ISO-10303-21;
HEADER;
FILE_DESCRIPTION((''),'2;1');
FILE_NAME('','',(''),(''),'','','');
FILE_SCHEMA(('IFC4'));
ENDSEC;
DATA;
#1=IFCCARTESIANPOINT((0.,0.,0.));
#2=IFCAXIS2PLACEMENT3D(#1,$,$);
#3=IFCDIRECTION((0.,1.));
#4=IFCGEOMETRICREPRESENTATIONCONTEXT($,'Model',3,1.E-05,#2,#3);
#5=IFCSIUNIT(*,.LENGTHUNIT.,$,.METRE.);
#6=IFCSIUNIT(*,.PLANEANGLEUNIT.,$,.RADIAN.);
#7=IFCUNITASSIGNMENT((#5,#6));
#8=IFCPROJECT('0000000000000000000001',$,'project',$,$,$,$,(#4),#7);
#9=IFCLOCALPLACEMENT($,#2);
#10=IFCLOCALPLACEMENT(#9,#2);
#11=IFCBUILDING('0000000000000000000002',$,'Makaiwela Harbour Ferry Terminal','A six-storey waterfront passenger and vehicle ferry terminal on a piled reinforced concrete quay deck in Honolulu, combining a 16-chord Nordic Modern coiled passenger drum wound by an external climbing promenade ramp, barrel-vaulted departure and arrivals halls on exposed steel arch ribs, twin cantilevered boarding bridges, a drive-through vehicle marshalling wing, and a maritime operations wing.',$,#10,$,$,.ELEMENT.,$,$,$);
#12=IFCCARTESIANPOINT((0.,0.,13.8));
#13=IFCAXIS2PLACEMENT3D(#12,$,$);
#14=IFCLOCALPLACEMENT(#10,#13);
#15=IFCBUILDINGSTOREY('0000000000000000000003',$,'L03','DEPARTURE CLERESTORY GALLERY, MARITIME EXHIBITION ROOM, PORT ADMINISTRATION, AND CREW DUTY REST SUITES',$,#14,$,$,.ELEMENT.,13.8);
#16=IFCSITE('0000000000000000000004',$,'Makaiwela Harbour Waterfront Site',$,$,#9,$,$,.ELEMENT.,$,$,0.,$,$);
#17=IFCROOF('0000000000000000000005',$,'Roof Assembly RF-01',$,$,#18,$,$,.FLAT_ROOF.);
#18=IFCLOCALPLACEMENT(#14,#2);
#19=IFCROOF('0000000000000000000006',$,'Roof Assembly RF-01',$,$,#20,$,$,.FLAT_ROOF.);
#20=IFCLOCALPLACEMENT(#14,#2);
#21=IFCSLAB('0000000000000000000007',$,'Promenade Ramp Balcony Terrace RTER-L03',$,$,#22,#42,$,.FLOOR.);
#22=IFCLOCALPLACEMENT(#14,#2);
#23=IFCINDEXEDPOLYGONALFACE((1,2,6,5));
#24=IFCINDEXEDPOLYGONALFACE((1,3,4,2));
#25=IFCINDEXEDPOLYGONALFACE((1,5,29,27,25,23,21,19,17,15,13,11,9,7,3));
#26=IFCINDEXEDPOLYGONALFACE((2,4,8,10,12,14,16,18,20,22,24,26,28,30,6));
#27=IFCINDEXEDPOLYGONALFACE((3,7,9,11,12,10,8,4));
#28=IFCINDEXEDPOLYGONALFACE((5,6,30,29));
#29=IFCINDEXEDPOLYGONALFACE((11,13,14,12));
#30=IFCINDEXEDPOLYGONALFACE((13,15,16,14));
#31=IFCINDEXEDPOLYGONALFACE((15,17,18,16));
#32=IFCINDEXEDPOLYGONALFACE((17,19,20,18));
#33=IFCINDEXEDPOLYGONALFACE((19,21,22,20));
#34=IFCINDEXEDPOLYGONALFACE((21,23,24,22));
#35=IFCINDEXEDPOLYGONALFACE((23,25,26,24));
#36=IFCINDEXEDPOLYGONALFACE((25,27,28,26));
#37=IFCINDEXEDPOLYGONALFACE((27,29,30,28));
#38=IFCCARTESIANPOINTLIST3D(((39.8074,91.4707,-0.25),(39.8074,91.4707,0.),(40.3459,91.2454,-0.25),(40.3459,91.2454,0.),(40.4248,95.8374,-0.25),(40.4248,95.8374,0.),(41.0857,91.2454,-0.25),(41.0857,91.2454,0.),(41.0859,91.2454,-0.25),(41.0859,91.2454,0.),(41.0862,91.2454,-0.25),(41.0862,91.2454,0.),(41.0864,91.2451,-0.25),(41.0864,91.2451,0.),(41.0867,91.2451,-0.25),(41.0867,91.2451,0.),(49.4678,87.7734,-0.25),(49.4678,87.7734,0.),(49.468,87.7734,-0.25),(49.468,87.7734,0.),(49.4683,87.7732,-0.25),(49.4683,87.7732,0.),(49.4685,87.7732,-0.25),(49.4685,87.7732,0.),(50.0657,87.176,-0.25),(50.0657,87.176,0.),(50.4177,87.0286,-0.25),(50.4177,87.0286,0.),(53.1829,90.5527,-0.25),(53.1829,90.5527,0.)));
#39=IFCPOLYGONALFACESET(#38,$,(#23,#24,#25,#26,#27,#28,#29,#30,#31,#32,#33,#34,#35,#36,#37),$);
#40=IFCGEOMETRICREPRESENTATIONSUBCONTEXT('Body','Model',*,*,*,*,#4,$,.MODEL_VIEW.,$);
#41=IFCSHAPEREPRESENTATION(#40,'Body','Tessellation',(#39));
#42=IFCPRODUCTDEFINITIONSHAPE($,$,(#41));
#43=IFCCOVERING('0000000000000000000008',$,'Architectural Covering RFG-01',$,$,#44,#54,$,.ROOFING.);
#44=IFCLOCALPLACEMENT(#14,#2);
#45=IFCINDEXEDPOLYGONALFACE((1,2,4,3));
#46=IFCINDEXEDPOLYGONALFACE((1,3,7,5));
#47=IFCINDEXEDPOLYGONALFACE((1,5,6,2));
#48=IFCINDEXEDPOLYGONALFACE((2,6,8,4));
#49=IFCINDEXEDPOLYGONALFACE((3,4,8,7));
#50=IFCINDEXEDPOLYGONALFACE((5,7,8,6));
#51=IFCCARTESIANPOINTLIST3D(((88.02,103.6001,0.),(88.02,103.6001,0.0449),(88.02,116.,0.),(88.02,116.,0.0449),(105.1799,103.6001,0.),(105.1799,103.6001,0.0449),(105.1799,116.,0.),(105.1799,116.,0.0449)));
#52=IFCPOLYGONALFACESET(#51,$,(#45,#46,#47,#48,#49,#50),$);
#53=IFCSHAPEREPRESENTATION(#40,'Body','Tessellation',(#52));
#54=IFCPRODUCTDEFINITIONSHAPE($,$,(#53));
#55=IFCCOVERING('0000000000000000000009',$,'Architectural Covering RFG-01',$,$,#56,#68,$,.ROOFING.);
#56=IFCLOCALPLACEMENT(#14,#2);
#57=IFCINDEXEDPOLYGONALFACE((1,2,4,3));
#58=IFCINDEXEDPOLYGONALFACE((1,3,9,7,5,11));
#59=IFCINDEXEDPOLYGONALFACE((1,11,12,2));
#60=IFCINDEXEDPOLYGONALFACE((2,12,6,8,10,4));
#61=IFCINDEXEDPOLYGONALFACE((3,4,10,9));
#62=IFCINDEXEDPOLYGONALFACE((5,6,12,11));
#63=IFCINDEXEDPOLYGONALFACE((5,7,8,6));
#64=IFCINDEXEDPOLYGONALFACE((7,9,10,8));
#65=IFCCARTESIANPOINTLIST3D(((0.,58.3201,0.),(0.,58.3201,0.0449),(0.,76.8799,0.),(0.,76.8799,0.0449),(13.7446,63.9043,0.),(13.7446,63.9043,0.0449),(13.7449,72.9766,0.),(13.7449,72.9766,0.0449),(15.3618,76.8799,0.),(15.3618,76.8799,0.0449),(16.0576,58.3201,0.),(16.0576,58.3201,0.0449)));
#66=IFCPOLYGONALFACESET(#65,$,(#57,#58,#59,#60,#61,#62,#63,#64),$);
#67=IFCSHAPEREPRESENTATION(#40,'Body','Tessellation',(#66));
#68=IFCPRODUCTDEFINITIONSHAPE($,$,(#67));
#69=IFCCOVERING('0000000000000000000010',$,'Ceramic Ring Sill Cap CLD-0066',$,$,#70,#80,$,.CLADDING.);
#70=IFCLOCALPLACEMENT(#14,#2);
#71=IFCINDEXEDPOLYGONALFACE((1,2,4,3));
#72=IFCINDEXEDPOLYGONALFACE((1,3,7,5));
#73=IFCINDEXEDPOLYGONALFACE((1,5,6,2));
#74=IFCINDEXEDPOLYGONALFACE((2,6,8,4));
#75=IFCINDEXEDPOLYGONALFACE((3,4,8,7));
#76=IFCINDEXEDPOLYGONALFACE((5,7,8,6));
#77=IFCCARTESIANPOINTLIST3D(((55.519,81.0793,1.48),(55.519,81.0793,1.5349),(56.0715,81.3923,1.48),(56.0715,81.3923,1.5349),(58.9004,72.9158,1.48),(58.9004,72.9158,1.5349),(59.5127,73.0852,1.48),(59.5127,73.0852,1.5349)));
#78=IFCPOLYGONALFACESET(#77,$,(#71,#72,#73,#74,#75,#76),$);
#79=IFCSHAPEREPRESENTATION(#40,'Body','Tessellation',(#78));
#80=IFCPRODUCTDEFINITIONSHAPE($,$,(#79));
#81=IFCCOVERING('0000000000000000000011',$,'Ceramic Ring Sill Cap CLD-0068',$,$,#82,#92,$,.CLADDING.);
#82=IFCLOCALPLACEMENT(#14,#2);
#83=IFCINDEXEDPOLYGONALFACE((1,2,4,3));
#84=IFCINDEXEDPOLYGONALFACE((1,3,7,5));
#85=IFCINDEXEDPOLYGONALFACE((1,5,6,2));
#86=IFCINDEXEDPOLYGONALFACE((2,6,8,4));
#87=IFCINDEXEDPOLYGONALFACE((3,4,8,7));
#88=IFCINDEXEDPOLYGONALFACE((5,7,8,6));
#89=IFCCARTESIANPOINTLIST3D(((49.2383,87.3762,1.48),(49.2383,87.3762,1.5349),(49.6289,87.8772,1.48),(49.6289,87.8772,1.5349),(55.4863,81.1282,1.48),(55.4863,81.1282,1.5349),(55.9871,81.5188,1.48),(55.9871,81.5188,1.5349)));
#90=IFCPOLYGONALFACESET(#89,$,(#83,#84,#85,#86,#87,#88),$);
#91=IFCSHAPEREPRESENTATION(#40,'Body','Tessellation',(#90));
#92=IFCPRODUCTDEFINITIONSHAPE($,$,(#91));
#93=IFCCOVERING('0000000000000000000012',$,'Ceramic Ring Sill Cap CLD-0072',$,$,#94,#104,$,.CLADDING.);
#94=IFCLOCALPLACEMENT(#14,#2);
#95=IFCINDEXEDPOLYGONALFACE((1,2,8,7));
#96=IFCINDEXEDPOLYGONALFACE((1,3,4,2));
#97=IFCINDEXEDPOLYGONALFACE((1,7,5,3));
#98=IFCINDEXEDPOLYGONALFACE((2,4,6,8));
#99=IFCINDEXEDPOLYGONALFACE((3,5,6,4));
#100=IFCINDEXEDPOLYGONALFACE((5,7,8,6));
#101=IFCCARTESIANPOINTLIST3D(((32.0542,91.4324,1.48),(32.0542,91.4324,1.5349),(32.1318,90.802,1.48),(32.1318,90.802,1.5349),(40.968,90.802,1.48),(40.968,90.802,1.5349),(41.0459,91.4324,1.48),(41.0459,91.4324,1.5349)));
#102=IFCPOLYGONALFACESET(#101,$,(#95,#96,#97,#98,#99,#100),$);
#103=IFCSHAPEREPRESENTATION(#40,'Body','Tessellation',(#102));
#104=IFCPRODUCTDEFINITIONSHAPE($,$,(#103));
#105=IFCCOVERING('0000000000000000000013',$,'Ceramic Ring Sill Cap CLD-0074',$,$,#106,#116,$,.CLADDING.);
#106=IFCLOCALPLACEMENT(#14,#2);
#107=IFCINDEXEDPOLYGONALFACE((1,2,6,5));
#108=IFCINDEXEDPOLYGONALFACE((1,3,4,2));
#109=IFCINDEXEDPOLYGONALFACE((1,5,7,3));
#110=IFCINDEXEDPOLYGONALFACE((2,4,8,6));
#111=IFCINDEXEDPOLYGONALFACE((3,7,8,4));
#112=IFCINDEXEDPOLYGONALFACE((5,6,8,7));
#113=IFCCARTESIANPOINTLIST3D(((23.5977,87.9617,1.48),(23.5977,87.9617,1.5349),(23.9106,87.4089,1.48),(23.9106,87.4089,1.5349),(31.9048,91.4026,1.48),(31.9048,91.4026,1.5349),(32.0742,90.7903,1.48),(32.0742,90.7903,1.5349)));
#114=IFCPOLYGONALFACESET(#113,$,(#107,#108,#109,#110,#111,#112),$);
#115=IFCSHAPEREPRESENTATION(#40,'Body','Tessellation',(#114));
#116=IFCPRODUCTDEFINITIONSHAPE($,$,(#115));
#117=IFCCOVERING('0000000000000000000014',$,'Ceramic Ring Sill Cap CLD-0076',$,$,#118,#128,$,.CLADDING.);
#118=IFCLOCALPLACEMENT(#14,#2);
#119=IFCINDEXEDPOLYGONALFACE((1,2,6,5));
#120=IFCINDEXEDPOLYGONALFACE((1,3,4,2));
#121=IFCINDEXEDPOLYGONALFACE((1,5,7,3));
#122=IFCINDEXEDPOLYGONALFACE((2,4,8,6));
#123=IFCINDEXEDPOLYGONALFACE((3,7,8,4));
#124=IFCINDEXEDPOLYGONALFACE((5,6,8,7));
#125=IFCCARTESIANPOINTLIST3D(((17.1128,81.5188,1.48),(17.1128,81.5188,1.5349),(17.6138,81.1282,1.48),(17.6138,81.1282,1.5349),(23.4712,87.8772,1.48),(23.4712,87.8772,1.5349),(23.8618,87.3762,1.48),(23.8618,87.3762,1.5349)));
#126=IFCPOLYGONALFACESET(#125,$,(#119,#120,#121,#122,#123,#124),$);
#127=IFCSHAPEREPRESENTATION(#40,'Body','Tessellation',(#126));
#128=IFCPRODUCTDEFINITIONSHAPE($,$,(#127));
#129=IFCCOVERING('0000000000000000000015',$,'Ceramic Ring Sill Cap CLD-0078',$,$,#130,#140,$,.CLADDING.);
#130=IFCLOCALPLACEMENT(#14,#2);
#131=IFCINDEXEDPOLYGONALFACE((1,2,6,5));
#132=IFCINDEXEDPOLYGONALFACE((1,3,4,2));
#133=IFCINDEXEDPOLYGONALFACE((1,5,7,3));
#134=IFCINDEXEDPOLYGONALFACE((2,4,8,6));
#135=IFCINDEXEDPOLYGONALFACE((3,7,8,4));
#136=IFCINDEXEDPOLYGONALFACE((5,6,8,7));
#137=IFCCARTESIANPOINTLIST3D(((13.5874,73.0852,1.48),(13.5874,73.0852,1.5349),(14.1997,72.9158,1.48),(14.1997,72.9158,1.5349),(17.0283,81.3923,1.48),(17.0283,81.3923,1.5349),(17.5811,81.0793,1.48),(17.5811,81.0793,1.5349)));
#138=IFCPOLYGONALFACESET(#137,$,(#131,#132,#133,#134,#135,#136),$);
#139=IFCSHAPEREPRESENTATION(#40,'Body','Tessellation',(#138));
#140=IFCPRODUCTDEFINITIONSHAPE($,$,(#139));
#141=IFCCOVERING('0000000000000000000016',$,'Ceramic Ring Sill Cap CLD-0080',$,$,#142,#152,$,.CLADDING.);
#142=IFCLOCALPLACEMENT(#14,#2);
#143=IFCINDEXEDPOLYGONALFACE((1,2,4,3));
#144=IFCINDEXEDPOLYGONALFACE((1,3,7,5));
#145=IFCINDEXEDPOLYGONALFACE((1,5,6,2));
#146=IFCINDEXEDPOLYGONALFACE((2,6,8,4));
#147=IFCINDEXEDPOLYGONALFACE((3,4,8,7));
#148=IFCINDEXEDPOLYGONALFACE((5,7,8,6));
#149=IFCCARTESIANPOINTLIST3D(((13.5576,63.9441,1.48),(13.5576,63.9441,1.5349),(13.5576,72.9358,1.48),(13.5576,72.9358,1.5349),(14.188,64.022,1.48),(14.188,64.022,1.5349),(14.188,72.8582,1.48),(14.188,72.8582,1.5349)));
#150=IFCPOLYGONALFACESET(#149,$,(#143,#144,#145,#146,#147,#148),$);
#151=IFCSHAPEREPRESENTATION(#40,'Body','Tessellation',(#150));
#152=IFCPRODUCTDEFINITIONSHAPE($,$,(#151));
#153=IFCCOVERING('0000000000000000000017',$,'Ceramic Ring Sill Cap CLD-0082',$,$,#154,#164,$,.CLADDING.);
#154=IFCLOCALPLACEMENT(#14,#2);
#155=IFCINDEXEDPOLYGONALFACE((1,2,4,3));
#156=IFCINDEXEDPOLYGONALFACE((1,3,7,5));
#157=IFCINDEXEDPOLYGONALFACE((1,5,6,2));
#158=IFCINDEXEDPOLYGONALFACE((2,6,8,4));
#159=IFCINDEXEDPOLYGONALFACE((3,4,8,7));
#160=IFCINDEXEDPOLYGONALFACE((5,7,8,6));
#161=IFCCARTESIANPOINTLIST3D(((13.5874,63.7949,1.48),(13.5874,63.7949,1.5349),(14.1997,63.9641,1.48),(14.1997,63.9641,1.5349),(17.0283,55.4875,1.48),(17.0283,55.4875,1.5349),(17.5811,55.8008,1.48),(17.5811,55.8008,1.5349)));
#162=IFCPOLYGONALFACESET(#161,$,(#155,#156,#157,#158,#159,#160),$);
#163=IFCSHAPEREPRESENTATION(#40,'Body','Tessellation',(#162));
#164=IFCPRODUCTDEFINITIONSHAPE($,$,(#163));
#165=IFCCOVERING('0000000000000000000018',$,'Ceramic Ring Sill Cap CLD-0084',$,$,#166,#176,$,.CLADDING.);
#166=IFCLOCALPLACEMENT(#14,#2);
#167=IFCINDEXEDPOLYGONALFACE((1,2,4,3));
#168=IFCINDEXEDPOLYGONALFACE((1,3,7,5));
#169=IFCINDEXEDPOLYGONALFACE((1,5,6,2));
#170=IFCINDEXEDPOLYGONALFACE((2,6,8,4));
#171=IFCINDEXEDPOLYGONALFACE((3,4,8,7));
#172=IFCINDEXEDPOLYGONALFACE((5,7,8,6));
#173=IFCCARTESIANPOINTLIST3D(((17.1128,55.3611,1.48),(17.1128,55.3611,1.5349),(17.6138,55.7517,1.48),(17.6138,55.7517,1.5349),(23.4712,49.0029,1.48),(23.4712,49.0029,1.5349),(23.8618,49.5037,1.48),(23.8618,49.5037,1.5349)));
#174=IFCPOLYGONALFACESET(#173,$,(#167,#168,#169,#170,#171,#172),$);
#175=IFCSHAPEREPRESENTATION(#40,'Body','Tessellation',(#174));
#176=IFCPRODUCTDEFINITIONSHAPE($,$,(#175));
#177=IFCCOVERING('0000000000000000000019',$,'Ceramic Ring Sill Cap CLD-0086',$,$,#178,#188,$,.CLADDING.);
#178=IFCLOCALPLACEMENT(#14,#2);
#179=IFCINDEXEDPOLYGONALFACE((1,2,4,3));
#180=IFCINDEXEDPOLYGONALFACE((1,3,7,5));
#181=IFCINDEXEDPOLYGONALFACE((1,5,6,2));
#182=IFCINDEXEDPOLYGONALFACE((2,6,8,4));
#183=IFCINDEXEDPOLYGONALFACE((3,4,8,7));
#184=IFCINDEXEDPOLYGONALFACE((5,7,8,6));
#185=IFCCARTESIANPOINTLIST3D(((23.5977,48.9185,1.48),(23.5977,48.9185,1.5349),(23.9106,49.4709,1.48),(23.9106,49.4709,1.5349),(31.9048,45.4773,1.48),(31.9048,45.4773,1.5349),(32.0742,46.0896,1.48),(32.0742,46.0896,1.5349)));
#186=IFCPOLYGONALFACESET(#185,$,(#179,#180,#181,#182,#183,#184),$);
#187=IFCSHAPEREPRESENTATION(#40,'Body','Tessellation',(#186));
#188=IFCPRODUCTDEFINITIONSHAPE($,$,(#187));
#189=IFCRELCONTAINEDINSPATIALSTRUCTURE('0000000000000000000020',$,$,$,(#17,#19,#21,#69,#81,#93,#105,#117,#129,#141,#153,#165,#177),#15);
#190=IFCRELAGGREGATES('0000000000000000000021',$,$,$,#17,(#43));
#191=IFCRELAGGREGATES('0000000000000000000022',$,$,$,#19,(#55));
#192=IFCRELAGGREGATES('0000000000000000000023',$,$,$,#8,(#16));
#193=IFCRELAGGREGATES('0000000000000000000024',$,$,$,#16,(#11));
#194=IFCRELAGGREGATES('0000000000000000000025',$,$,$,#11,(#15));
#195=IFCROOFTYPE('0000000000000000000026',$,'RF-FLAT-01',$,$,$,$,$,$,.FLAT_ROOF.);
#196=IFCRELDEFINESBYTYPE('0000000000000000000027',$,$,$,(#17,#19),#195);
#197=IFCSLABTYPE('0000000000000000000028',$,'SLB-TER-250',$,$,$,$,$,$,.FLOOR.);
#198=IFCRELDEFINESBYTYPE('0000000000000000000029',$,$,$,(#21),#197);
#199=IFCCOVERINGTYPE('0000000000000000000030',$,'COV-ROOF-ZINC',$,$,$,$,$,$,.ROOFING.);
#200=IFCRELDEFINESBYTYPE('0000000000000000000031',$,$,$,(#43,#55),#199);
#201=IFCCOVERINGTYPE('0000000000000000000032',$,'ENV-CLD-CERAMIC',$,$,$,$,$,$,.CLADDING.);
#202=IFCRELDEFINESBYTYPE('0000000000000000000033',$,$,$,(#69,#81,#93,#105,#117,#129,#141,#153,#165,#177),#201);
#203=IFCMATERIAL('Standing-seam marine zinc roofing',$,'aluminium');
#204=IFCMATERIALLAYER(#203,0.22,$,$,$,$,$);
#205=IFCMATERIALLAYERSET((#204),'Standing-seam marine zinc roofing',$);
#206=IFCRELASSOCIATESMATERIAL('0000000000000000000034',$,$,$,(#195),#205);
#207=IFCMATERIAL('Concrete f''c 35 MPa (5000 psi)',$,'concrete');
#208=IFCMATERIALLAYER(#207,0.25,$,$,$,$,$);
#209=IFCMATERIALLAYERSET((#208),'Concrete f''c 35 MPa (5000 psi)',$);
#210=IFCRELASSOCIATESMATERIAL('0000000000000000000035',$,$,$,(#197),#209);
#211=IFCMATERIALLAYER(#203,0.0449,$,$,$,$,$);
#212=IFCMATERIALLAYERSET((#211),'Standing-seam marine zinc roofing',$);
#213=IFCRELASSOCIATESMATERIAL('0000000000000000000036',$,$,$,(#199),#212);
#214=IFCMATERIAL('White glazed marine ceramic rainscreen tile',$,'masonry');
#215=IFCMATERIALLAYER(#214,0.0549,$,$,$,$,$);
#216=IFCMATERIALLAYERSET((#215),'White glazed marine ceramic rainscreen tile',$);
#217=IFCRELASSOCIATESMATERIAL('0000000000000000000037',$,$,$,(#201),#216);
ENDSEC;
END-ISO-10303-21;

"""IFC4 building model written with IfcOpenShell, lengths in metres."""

from ifc_helpers import new_model, si_unit, direction, frame, origin, place, context, subcontext, project, spatial, polyline, outline, extrude, material, layer, layer_set, type_object, element, aggregate, save


model = new_model("IFC4")

# Units and contexts
model_context = context("Model", 3, precision=1e-05, world=origin(), true_north=direction((0.0, 1.0)))
body_context = subcontext(model_context, "Body", "Model", "MODEL_VIEW")
ifc_project = project(units=[si_unit("LENGTHUNIT", "METRE"), si_unit("PLANEANGLEUNIT", "RADIAN")], contexts=[model_context])

# Site, building, storey
site_placement = place(None, origin())
site = spatial("IfcSite", under=ifc_project, at=site_placement, Name="Makaiwela Harbour Waterfront Site", CompositionType="ELEMENT", RefElevation=0.0)
building_placement = place(site_placement, origin())
building = spatial("IfcBuilding", under=site, at=building_placement, Name="Makaiwela Harbour Ferry Terminal", Description="A six-storey waterfront passenger and vehicle ferry terminal on a piled reinforced concrete quay deck in Honolulu, combining a 16-chord Nordic Modern coiled passenger drum wound by an external climbing promenade ramp, barrel-vaulted departure and arrivals halls on exposed steel arch ribs, twin cantilevered boarding bridges, a drive-through vehicle marshalling wing, and a maritime operations wing.", CompositionType="ELEMENT")
storey_placement = place(building_placement, frame((0.0, 0.0, 13.8)))
storey = spatial("IfcBuildingStorey", under=building, at=storey_placement, Name="L03", Description="DEPARTURE CLERESTORY GALLERY, MARITIME EXHIBITION ROOM, PORT ADMINISTRATION, AND CREW DUTY REST SUITES", CompositionType="ELEMENT", Elevation=13.8)

# Shared definitions
ifc_material_1 = material(Name="Concrete f'c 35 MPa (5000 psi)", Category="concrete")

# Roofs
ifc_material_2 = material(Name="Standing-seam marine zinc roofing", Category="aluminium")
ifc_layer_1 = layer(ifc_material_2, 0.22)
ifc_layer_set_1 = layer_set([ifc_layer_1], Name="Standing-seam marine zinc roofing")
roof_type = type_object("IfcRoofType", Name="RF-FLAT-01", PredefinedType="FLAT_ROOF", material=ifc_layer_set_1)
roof_1_placement = place(storey_placement, origin())
roof_1 = element("IfcRoof", 1, at=roof_1_placement, inside=storey, type_object=roof_type, Name="Roof Assembly RF-01", PredefinedType="FLAT_ROOF")
roof_2_placement = place(storey_placement, origin())
roof_2 = element("IfcRoof", 2, at=roof_2_placement, inside=storey, type_object=roof_type, Name="Roof Assembly RF-01", PredefinedType="FLAT_ROOF")

# Slab
ifc_layer_2 = layer(ifc_material_1, 0.25)
ifc_layer_set_2 = layer_set([ifc_layer_2], Name="Concrete f'c 35 MPa (5000 psi)")
slab_type_1 = type_object("IfcSlabType", Name="SLB-TER-250", PredefinedType="FLOOR", material=ifc_layer_set_2)
slab_1_placement = place(storey_placement, frame((0.0, 0.0, -0.25)))
element("IfcSlab", 3, at=slab_1_placement, inside=storey, type_object=slab_type_1, Name="Promenade Ramp Balcony Terrace RTER-L03", PredefinedType="FLOOR", context=body_context, shape_type="SweptSolid", body=[
    extrude(outline(polyline([(40.3459, 91.2454), (41.0857, 91.2454), (41.0859, 91.2454), (41.0862, 91.2454), (41.0864, 91.2451), (41.0867, 91.2451), (49.4678, 87.7734), (49.468, 87.7734), (49.468, 87.7734), (49.4683, 87.7732), (49.4685, 87.7732), (50.0657, 87.176), (50.4177, 87.0286), (53.1829, 90.5527), (40.4248, 95.8374), (39.8074, 91.4707), (40.3459, 91.2454)])), origin(), (0.0, 0.0, 1.0), 0.25),
])

# Coverings
ifc_layer_3 = layer(ifc_material_2, 0.0449)
ifc_layer_set_3 = layer_set([ifc_layer_3], Name="Standing-seam marine zinc roofing")
covering_type_1 = type_object("IfcCoveringType", Name="COV-ROOF-ZINC", PredefinedType="ROOFING", material=ifc_layer_set_3)
covering_1_placement = place(storey_placement, origin())
covering_1 = element("IfcCovering", 4, at=covering_1_placement, type_object=covering_type_1, Name="Architectural Covering RFG-01", PredefinedType="ROOFING", context=body_context, shape_type="SweptSolid", body=[
    extrude(outline(polyline([(88.02, 103.6001), (105.1799, 103.6001), (105.1799, 116.0), (88.02, 116.0), (88.02, 103.6001)])), origin(), (0.0, 0.0, 1.0), 0.0449),
])
aggregate(roof_1, [covering_1])
covering_2_placement = place(storey_placement, origin())
covering_2 = element("IfcCovering", 5, at=covering_2_placement, type_object=covering_type_1, Name="Architectural Covering RFG-01", PredefinedType="ROOFING", context=body_context, shape_type="SweptSolid", body=[
    extrude(outline(polyline([(16.0576, 58.3201), (13.7446, 63.9043), (13.7449, 72.9766), (15.3618, 76.8799), (0.0, 76.8799), (0.0, 58.3201), (16.0576, 58.3201)])), origin(), (0.0, 0.0, 1.0), 0.0449),
])
aggregate(roof_2, [covering_2])

# Coverings
ifc_material_3 = material(Name="White glazed marine ceramic rainscreen tile", Category="masonry")
ifc_layer_4 = layer(ifc_material_3, 0.0549)
ifc_layer_set_4 = layer_set([ifc_layer_4], Name="White glazed marine ceramic rainscreen tile")
covering_type_2 = type_object("IfcCoveringType", Name="ENV-CLD-CERAMIC", PredefinedType="CLADDING", material=ifc_layer_set_4)
covering_3_placement = place(storey_placement, frame((0.0, 0.0, 1.48)))
element("IfcCovering", 6, at=covering_3_placement, inside=storey, type_object=covering_type_2, Name="Ceramic Ring Sill Cap CLD-0066", PredefinedType="CLADDING", context=body_context, shape_type="SweptSolid", body=[
    extrude(outline(polyline([(59.5127, 73.0852), (56.0715, 81.3923), (55.519, 81.0793), (58.9004, 72.9158), (59.5127, 73.0852)])), origin(), (0.0, 0.0, 1.0), 0.0549),
])
covering_4_placement = place(storey_placement, frame((0.0, 0.0, 1.48)))
element("IfcCovering", 7, at=covering_4_placement, inside=storey, type_object=covering_type_2, Name="Ceramic Ring Sill Cap CLD-0068", PredefinedType="CLADDING", context=body_context, shape_type="SweptSolid", body=[
    extrude(outline(polyline([(55.9871, 81.5188), (49.6289, 87.8772), (49.2383, 87.3762), (55.4863, 81.1282), (55.9871, 81.5188)])), origin(), (0.0, 0.0, 1.0), 0.0549),
])
covering_5_placement = place(storey_placement, frame((0.0, 0.0, 1.48)))
element("IfcCovering", 8, at=covering_5_placement, inside=storey, type_object=covering_type_2, Name="Ceramic Ring Sill Cap CLD-0072", PredefinedType="CLADDING", context=body_context, shape_type="SweptSolid", body=[
    extrude(outline(polyline([(41.0459, 91.4324), (32.0542, 91.4324), (32.1318, 90.802), (40.968, 90.802), (41.0459, 91.4324)])), origin(), (0.0, 0.0, 1.0), 0.0549),
])
covering_6_placement = place(storey_placement, frame((0.0, 0.0, 1.48)))
element("IfcCovering", 9, at=covering_6_placement, inside=storey, type_object=covering_type_2, Name="Ceramic Ring Sill Cap CLD-0074", PredefinedType="CLADDING", context=body_context, shape_type="SweptSolid", body=[
    extrude(outline(polyline([(31.9048, 91.4026), (23.5977, 87.9617), (23.9106, 87.4089), (32.0742, 90.7903), (31.9048, 91.4026)])), origin(), (0.0, 0.0, 1.0), 0.0549),
])
covering_7_placement = place(storey_placement, frame((0.0, 0.0, 1.48)))
element("IfcCovering", 10, at=covering_7_placement, inside=storey, type_object=covering_type_2, Name="Ceramic Ring Sill Cap CLD-0076", PredefinedType="CLADDING", context=body_context, shape_type="SweptSolid", body=[
    extrude(outline(polyline([(23.4712, 87.8772), (17.1128, 81.5188), (17.6138, 81.1282), (23.8618, 87.3762), (23.4712, 87.8772)])), origin(), (0.0, 0.0, 1.0), 0.0549),
])
covering_8_placement = place(storey_placement, frame((0.0, 0.0, 1.48)))
element("IfcCovering", 11, at=covering_8_placement, inside=storey, type_object=covering_type_2, Name="Ceramic Ring Sill Cap CLD-0078", PredefinedType="CLADDING", context=body_context, shape_type="SweptSolid", body=[
    extrude(outline(polyline([(17.0283, 81.3923), (13.5874, 73.0852), (14.1997, 72.9158), (17.5811, 81.0793), (17.0283, 81.3923)])), origin(), (0.0, 0.0, 1.0), 0.0549),
])
covering_9_placement = place(storey_placement, frame((0.0, 0.0, 1.48)))
element("IfcCovering", 12, at=covering_9_placement, inside=storey, type_object=covering_type_2, Name="Ceramic Ring Sill Cap CLD-0080", PredefinedType="CLADDING", context=body_context, shape_type="SweptSolid", body=[
    extrude(outline(polyline([(13.5576, 72.9358), (13.5576, 63.9441), (14.188, 64.022), (14.188, 72.8582), (13.5576, 72.9358)])), origin(), (0.0, 0.0, 1.0), 0.0549),
])
covering_10_placement = place(storey_placement, frame((0.0, 0.0, 1.48)))
element("IfcCovering", 13, at=covering_10_placement, inside=storey, type_object=covering_type_2, Name="Ceramic Ring Sill Cap CLD-0082", PredefinedType="CLADDING", context=body_context, shape_type="SweptSolid", body=[
    extrude(outline(polyline([(13.5874, 63.7949), (17.0283, 55.4875), (17.5811, 55.8008), (14.1997, 63.9641), (13.5874, 63.7949)])), origin(), (0.0, 0.0, 1.0), 0.0549),
])
covering_11_placement = place(storey_placement, frame((0.0, 0.0, 1.48)))
element("IfcCovering", 14, at=covering_11_placement, inside=storey, type_object=covering_type_2, Name="Ceramic Ring Sill Cap CLD-0084", PredefinedType="CLADDING", context=body_context, shape_type="SweptSolid", body=[
    extrude(outline(polyline([(17.1128, 55.3611), (23.4712, 49.0029), (23.8618, 49.5037), (17.6138, 55.7517), (17.1128, 55.3611)])), origin(), (0.0, 0.0, 1.0), 0.0549),
])
covering_12_placement = place(storey_placement, frame((0.0, 0.0, 1.48)))
element("IfcCovering", 15, at=covering_12_placement, inside=storey, type_object=covering_type_2, Name="Ceramic Ring Sill Cap CLD-0086", PredefinedType="CLADDING", context=body_context, shape_type="SweptSolid", body=[
    extrude(outline(polyline([(23.5977, 48.9185), (31.9048, 45.4773), (32.0742, 46.0896), (23.9106, 49.4709), (23.5977, 48.9185)])), origin(), (0.0, 0.0, 1.0), 0.0549),
])

save(model, "model.ifc")
